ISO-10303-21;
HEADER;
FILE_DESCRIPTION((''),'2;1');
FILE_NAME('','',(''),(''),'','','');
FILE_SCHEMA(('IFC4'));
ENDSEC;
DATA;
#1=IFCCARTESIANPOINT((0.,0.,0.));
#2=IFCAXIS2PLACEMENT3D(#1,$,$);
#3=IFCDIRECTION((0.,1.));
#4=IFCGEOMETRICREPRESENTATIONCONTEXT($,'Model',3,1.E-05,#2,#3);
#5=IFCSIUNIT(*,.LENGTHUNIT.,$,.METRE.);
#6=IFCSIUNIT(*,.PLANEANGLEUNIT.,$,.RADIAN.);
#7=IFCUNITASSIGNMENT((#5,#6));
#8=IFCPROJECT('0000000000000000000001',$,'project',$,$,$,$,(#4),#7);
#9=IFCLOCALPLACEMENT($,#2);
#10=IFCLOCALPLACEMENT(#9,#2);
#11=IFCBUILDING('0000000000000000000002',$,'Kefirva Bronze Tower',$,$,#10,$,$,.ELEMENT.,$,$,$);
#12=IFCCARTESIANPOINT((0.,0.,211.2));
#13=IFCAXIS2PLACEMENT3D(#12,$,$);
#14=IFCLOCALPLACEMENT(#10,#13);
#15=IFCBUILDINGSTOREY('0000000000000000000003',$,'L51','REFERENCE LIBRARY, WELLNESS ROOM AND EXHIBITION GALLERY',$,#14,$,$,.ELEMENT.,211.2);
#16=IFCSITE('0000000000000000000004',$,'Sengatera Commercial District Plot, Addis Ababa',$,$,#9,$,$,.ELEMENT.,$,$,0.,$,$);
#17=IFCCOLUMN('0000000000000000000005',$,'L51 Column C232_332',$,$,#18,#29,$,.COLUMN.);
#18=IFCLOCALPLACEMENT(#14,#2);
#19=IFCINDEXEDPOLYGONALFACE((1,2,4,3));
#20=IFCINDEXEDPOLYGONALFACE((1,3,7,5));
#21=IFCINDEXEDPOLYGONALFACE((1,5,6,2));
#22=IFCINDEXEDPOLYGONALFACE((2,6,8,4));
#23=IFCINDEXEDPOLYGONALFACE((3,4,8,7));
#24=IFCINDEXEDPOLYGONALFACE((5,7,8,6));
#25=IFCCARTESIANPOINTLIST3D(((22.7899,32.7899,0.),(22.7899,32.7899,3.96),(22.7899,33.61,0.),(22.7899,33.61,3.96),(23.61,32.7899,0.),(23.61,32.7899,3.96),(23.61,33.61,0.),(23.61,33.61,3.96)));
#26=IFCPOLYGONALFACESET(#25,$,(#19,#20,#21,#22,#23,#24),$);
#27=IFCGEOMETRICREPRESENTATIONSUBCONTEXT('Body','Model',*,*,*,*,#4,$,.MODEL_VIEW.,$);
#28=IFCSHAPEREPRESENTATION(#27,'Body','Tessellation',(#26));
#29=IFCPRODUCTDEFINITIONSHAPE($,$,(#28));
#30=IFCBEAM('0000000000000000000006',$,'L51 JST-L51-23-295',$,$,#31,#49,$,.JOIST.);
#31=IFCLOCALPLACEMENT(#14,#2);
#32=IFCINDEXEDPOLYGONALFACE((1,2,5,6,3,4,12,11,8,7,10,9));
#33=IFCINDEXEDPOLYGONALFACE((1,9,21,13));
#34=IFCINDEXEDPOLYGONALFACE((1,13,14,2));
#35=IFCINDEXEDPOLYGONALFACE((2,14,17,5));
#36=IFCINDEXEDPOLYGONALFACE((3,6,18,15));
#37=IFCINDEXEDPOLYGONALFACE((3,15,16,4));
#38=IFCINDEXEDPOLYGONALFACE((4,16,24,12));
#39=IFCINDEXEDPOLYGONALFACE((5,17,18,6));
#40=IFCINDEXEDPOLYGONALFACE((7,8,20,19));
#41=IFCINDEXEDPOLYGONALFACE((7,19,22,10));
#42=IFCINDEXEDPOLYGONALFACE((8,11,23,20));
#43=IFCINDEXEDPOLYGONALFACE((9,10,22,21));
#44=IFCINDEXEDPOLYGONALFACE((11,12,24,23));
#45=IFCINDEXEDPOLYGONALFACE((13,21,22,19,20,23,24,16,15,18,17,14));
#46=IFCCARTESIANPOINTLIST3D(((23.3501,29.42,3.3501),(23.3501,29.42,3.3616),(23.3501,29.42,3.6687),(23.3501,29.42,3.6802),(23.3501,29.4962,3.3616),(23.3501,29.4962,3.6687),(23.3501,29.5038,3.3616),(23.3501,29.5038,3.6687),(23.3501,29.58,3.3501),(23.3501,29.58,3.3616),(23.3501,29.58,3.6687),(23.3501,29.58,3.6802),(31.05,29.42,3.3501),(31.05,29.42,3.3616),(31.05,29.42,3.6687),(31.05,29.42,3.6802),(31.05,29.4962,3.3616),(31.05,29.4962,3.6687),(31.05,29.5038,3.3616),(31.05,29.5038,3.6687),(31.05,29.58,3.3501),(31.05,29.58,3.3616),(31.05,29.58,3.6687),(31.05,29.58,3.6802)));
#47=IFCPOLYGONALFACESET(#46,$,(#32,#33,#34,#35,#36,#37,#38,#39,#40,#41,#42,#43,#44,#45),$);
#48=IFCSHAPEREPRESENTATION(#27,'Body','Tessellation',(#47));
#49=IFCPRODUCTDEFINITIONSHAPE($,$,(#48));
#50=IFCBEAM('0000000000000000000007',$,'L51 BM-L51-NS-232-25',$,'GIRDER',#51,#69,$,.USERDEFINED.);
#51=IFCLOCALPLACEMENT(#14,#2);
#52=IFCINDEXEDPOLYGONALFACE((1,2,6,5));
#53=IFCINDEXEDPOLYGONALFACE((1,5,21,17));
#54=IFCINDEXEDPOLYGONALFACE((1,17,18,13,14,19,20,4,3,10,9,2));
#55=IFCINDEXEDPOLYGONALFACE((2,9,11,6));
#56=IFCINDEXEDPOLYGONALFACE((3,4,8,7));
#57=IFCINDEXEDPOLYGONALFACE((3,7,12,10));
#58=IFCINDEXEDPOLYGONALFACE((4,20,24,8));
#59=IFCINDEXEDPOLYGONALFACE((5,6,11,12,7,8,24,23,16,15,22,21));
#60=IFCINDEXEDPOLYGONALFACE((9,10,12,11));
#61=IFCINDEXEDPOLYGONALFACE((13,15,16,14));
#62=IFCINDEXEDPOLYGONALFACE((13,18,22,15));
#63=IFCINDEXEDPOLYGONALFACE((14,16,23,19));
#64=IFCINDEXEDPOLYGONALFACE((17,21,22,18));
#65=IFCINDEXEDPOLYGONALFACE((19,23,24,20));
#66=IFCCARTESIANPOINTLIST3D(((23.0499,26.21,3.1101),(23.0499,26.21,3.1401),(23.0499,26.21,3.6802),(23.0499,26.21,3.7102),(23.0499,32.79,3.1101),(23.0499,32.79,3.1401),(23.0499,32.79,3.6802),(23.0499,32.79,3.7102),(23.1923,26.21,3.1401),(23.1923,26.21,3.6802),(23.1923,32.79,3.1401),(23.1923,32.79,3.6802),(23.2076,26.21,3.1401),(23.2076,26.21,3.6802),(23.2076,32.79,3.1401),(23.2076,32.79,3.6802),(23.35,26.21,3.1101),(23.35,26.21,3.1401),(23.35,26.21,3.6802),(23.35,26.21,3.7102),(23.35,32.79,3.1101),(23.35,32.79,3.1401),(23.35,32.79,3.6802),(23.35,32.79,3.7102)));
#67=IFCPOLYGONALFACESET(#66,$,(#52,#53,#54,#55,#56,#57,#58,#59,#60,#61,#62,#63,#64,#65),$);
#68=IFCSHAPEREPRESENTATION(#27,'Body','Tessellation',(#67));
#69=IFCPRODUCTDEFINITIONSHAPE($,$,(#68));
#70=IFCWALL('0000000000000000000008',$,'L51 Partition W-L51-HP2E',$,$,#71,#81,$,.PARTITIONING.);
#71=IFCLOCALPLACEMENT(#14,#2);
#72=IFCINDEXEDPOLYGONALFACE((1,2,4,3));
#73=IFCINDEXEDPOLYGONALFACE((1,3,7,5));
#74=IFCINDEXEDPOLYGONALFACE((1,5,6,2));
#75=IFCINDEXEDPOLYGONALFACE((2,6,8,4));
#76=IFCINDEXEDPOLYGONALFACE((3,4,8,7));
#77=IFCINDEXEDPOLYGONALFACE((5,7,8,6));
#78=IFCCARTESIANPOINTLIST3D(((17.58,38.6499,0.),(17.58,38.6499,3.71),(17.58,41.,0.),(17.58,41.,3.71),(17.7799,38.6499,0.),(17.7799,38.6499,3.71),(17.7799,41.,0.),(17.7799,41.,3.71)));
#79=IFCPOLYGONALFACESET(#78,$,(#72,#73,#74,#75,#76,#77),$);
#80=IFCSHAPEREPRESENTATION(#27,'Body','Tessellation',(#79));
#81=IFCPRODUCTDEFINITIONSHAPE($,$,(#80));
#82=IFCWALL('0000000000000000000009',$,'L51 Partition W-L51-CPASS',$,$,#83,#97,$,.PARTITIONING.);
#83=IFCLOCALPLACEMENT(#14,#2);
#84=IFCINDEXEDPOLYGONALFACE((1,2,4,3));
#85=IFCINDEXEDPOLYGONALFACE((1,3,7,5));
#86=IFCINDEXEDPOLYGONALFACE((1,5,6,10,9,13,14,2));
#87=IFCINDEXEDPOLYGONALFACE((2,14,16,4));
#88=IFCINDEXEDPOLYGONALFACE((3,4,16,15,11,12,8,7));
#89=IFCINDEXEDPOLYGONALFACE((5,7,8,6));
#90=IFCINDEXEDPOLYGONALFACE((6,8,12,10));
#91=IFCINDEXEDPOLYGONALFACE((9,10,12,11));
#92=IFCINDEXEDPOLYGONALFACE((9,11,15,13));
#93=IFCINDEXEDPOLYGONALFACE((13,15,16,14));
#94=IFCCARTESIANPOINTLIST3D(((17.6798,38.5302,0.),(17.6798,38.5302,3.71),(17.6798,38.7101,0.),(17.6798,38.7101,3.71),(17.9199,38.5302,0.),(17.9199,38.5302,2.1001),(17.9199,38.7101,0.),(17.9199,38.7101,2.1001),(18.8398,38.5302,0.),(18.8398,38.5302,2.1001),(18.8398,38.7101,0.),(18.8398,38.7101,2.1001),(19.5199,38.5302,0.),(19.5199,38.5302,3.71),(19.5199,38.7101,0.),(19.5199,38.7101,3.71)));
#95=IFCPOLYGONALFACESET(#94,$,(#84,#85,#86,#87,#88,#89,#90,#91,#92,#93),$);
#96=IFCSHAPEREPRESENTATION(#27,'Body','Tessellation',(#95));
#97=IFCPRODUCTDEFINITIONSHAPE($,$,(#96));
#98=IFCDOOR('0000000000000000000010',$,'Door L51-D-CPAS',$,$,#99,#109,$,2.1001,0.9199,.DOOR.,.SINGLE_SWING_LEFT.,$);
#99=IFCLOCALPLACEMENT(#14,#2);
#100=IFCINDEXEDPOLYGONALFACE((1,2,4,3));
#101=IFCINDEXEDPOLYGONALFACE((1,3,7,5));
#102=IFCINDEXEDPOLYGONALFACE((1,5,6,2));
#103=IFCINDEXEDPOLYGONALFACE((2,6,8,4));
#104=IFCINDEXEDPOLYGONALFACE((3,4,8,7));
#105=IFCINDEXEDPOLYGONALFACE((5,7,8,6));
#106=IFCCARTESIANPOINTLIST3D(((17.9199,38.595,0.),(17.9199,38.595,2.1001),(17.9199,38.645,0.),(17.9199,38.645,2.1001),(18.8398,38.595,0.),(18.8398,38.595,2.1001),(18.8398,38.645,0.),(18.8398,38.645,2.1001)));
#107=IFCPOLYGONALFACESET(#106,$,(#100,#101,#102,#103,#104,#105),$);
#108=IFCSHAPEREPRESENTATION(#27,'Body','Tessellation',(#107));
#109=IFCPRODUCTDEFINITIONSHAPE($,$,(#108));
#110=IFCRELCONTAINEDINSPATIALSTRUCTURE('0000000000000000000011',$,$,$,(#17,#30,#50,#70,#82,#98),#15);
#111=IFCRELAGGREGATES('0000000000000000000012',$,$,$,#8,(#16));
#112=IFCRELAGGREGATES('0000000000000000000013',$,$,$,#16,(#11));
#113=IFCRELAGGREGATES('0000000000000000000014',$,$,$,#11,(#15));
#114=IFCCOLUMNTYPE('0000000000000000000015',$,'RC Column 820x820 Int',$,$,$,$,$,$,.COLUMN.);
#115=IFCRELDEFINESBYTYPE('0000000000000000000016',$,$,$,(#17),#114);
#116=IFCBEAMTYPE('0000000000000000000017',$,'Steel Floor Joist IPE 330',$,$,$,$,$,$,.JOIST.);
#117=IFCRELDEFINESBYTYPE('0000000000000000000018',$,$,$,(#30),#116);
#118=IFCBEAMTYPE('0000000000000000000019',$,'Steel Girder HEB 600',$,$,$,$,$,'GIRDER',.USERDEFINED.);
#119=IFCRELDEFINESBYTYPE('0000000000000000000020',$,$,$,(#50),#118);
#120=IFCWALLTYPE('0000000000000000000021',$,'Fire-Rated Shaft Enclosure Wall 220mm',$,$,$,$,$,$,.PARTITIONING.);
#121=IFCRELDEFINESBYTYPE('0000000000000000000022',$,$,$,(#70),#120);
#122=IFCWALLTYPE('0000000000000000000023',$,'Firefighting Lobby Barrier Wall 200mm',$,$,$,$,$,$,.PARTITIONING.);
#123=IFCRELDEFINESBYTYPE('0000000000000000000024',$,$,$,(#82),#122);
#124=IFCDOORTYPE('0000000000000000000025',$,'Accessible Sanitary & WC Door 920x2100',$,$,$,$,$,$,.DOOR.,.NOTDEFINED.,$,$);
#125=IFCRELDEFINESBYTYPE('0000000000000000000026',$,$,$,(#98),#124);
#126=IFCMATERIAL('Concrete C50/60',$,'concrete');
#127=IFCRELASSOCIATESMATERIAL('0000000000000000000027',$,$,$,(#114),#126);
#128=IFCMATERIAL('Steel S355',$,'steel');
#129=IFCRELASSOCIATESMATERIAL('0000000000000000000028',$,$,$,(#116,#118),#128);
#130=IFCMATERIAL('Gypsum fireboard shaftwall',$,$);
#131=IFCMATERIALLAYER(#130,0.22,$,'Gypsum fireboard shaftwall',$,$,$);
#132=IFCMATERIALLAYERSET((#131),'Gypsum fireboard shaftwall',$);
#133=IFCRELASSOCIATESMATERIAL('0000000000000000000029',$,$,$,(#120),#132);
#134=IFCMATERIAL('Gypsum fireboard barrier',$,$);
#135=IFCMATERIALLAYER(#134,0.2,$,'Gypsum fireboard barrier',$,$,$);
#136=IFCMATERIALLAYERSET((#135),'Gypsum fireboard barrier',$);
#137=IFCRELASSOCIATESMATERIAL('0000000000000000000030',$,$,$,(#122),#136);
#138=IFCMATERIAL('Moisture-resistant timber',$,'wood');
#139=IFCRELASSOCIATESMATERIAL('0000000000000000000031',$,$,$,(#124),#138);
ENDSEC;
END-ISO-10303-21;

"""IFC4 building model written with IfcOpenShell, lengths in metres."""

from ifc_helpers import new_model, si_unit, direction, frame, frame_2d, origin, origin_2d, place, context, subcontext, project, spatial, rectangle, i_section, extrude, material, layer, layer_set, material_profile, profile_set, type_object, element, fill, save


model = new_model("IFC4")

# Units and contexts
model_context = context("Model", 3, precision=1e-05, world=origin(), true_north=direction((0.0, 1.0)))
body_context = subcontext(model_context, "Body", "Model", "MODEL_VIEW")
ifc_project = project(units=[si_unit("LENGTHUNIT", "METRE"), si_unit("PLANEANGLEUNIT", "RADIAN")], contexts=[model_context])

# Site, building, storey
site_placement = place(None, origin())
site = spatial("IfcSite", under=ifc_project, at=site_placement, Name="Sengatera Commercial District Plot, Addis Ababa", CompositionType="ELEMENT", RefElevation=0.0)
building_placement = place(site_placement, origin())
building = spatial("IfcBuilding", under=site, at=building_placement, Name="Kefirva Bronze Tower", CompositionType="ELEMENT")
storey_placement = place(building_placement, frame((0.0, 0.0, 211.2)))
storey = spatial("IfcBuildingStorey", under=building, at=storey_placement, Name="L51", Description="REFERENCE LIBRARY, WELLNESS ROOM AND EXHIBITION GALLERY", CompositionType="ELEMENT", Elevation=211.2)

# Column
ifc_material_1 = material(Name="Concrete C50/60", Category="concrete")
ifc_material_profile_1 = material_profile(ifc_material_1, rectangle(XDim=0.8201, YDim=0.8201, at=origin_2d()), Name="RC 820x820")
ifc_profile_set_1 = profile_set([ifc_material_profile_1], Name="Concrete C50/60")
column_type = type_object("IfcColumnType", Name="RC Column 820x820 Int", PredefinedType="COLUMN", material=ifc_profile_set_1)
column_placement = place(storey_placement, frame((23.2, 33.2, 0.0), z_axis=(0.0, 0.0, 1.0), x_axis=(1.0, 0.0, 0.0)))
element("IfcColumn", 1, at=column_placement, inside=storey, type_object=column_type, Name="L51 Column C232_332", PredefinedType="COLUMN", context=body_context, shape_type="SweptSolid", body=[
    extrude(rectangle(XDim=0.8201, YDim=0.8201, at=origin_2d()), origin(), (0.0, 0.0, 1.0), 3.96),
])

# Beams
ifc_material_2 = material(Name="Steel S355", Category="steel")
ifc_material_profile_2 = material_profile(ifc_material_2, i_section(OverallWidth=0.1599, OverallDepth=0.3301, WebThickness=0.0076, FlangeThickness=0.0115, at=origin_2d()), Name="IPE 330")
ifc_profile_set_2 = profile_set([ifc_material_profile_2], Name="Steel S355")
beam_type_1 = type_object("IfcBeamType", Name="Steel Floor Joist IPE 330", PredefinedType="JOIST", material=ifc_profile_set_2)
beam_1_placement = place(storey_placement, frame((23.3501, 29.5, 3.5151), z_axis=(1.0, 0.0, 0.0), x_axis=(0.0, 1.0, 0.0)))
element("IfcBeam", 2, at=beam_1_placement, inside=storey, type_object=beam_type_1, Name="L51 JST-L51-23-295", PredefinedType="JOIST", context=body_context, shape_type="SweptSolid", body=[
    extrude(i_section(OverallWidth=0.1599, OverallDepth=0.3301, WebThickness=0.0076, FlangeThickness=0.0115, at=origin_2d()), origin(), (0.0, 0.0, 1.0), 7.7),
])
ifc_material_profile_3 = material_profile(ifc_material_2, i_section(OverallWidth=0.3, OverallDepth=0.6001, WebThickness=0.0154, FlangeThickness=0.03, at=origin_2d()), Name="HEB 600")
ifc_profile_set_3 = profile_set([ifc_material_profile_3], Name="Steel S355")
beam_type_2 = type_object("IfcBeamType", Name="Steel Girder HEB 600", ElementType="GIRDER", PredefinedType="USERDEFINED", material=ifc_profile_set_3)
beam_2_placement = place(storey_placement, frame((23.2, 26.21, 3.4102), z_axis=(0.0, 1.0, 0.0), x_axis=(-1.0, 0.0, 0.0)))
element("IfcBeam", 3, at=beam_2_placement, inside=storey, type_object=beam_type_2, Name="L51 BM-L51-NS-232-25", ObjectType="GIRDER", PredefinedType="USERDEFINED", context=body_context, shape_type="SweptSolid", body=[
    extrude(i_section(OverallWidth=0.3, OverallDepth=0.6001, WebThickness=0.0154, FlangeThickness=0.03, at=origin_2d()), origin(), (0.0, 0.0, 1.0), 6.5801),
])

# Shared definitions
ifc_material_3 = material(Name="Gypsum fireboard shaftwall")
ifc_layer_1 = layer(ifc_material_3, 0.22, Name="Gypsum fireboard shaftwall")
ifc_layer_set_1 = layer_set([ifc_layer_1], Name="Gypsum fireboard shaftwall")
wall_type_1 = type_object("IfcWallType", Name="Fire-Rated Shaft Enclosure Wall 220mm", PredefinedType="PARTITIONING", material=ifc_layer_set_1)

# Wall
wall_1_placement = place(storey_placement, frame((17.6799, 38.6499, 0.0), z_axis=(0.0, 0.0, 1.0), x_axis=(0.0, 1.0, 0.0)))
element("IfcWall", 4, at=wall_1_placement, inside=storey, type_object=wall_type_1, Name="L51 Partition W-L51-HP2E", PredefinedType="PARTITIONING", context=body_context, shape_type="SweptSolid", body=[
    extrude(rectangle(XDim=2.3501, YDim=0.2, at=frame_2d((1.175, 0.0))), origin(), (0.0, 0.0, 1.0), 3.71),
])

# Wall, opening, door
ifc_material_4 = material(Name="Gypsum fireboard barrier")
ifc_layer_2 = layer(ifc_material_4, 0.2, Name="Gypsum fireboard barrier")
ifc_layer_set_2 = layer_set([ifc_layer_2], Name="Gypsum fireboard barrier")
wall_type_2 = type_object("IfcWallType", Name="Firefighting Lobby Barrier Wall 200mm", PredefinedType="PARTITIONING", material=ifc_layer_set_2)
wall_2_placement = place(storey_placement, frame((17.6799, 38.6201, 0.0), z_axis=(0.0, 0.0, 1.0), x_axis=(1.0, 0.0, 0.0)))
wall_2 = element("IfcWall", 5, at=wall_2_placement, inside=storey, type_object=wall_type_2, Name="L51 Partition W-L51-CPASS", PredefinedType="PARTITIONING", context=body_context, shape_type="SweptSolid", body=[
    extrude(rectangle(XDim=1.8401, YDim=0.1799, at=frame_2d((0.9199, 0.0))), origin(), (0.0, 0.0, 1.0), 3.71),
])
opening_1_placement = place(wall_2_placement, frame((0.24, 0.0, 0.0)))
opening_1 = element("IfcOpeningElement", 6, at=opening_1_placement, cuts=wall_2, PredefinedType="OPENING", context=body_context, shape_type="SweptSolid", body=[
    extrude(rectangle(XDim=0.9199, YDim=2.1001, at=frame_2d((0.46, 1.05))), frame((0.0, 0.1001, 0.0), z_axis=(0.0, -1.0, 0.0), x_axis=(1.0, 0.0, 0.0)), (0.0, 0.0, 1.0), 0.2),
])
ifc_material_5 = material(Name="Moisture-resistant timber", Category="wood")
door_type_1 = type_object("IfcDoorType", Name="Accessible Sanitary & WC Door 920x2100", OperationType="NOTDEFINED", PredefinedType="DOOR", material=ifc_material_5)
door_1_placement = place(opening_1_placement, origin())
door_1 = element("IfcDoor", 7, at=door_1_placement, inside=storey, type_object=door_type_1, Name="Door L51-D-CPAS", OperationType="SINGLE_SWING_LEFT", OverallHeight=2.1001, OverallWidth=0.9199, PredefinedType="DOOR", context=body_context, shape_type="SweptSolid", body=[
    extrude(rectangle(XDim=0.9199, YDim=2.1001, at=frame_2d((0.46, 1.05))), frame((0.0, 0.0249, 0.0), z_axis=(0.0, -1.0, 0.0), x_axis=(1.0, 0.0, 0.0)), (0.0, 0.0, 1.0), 0.05),
])
fill(opening_1, door_1)

save(model, "model.ifc")
